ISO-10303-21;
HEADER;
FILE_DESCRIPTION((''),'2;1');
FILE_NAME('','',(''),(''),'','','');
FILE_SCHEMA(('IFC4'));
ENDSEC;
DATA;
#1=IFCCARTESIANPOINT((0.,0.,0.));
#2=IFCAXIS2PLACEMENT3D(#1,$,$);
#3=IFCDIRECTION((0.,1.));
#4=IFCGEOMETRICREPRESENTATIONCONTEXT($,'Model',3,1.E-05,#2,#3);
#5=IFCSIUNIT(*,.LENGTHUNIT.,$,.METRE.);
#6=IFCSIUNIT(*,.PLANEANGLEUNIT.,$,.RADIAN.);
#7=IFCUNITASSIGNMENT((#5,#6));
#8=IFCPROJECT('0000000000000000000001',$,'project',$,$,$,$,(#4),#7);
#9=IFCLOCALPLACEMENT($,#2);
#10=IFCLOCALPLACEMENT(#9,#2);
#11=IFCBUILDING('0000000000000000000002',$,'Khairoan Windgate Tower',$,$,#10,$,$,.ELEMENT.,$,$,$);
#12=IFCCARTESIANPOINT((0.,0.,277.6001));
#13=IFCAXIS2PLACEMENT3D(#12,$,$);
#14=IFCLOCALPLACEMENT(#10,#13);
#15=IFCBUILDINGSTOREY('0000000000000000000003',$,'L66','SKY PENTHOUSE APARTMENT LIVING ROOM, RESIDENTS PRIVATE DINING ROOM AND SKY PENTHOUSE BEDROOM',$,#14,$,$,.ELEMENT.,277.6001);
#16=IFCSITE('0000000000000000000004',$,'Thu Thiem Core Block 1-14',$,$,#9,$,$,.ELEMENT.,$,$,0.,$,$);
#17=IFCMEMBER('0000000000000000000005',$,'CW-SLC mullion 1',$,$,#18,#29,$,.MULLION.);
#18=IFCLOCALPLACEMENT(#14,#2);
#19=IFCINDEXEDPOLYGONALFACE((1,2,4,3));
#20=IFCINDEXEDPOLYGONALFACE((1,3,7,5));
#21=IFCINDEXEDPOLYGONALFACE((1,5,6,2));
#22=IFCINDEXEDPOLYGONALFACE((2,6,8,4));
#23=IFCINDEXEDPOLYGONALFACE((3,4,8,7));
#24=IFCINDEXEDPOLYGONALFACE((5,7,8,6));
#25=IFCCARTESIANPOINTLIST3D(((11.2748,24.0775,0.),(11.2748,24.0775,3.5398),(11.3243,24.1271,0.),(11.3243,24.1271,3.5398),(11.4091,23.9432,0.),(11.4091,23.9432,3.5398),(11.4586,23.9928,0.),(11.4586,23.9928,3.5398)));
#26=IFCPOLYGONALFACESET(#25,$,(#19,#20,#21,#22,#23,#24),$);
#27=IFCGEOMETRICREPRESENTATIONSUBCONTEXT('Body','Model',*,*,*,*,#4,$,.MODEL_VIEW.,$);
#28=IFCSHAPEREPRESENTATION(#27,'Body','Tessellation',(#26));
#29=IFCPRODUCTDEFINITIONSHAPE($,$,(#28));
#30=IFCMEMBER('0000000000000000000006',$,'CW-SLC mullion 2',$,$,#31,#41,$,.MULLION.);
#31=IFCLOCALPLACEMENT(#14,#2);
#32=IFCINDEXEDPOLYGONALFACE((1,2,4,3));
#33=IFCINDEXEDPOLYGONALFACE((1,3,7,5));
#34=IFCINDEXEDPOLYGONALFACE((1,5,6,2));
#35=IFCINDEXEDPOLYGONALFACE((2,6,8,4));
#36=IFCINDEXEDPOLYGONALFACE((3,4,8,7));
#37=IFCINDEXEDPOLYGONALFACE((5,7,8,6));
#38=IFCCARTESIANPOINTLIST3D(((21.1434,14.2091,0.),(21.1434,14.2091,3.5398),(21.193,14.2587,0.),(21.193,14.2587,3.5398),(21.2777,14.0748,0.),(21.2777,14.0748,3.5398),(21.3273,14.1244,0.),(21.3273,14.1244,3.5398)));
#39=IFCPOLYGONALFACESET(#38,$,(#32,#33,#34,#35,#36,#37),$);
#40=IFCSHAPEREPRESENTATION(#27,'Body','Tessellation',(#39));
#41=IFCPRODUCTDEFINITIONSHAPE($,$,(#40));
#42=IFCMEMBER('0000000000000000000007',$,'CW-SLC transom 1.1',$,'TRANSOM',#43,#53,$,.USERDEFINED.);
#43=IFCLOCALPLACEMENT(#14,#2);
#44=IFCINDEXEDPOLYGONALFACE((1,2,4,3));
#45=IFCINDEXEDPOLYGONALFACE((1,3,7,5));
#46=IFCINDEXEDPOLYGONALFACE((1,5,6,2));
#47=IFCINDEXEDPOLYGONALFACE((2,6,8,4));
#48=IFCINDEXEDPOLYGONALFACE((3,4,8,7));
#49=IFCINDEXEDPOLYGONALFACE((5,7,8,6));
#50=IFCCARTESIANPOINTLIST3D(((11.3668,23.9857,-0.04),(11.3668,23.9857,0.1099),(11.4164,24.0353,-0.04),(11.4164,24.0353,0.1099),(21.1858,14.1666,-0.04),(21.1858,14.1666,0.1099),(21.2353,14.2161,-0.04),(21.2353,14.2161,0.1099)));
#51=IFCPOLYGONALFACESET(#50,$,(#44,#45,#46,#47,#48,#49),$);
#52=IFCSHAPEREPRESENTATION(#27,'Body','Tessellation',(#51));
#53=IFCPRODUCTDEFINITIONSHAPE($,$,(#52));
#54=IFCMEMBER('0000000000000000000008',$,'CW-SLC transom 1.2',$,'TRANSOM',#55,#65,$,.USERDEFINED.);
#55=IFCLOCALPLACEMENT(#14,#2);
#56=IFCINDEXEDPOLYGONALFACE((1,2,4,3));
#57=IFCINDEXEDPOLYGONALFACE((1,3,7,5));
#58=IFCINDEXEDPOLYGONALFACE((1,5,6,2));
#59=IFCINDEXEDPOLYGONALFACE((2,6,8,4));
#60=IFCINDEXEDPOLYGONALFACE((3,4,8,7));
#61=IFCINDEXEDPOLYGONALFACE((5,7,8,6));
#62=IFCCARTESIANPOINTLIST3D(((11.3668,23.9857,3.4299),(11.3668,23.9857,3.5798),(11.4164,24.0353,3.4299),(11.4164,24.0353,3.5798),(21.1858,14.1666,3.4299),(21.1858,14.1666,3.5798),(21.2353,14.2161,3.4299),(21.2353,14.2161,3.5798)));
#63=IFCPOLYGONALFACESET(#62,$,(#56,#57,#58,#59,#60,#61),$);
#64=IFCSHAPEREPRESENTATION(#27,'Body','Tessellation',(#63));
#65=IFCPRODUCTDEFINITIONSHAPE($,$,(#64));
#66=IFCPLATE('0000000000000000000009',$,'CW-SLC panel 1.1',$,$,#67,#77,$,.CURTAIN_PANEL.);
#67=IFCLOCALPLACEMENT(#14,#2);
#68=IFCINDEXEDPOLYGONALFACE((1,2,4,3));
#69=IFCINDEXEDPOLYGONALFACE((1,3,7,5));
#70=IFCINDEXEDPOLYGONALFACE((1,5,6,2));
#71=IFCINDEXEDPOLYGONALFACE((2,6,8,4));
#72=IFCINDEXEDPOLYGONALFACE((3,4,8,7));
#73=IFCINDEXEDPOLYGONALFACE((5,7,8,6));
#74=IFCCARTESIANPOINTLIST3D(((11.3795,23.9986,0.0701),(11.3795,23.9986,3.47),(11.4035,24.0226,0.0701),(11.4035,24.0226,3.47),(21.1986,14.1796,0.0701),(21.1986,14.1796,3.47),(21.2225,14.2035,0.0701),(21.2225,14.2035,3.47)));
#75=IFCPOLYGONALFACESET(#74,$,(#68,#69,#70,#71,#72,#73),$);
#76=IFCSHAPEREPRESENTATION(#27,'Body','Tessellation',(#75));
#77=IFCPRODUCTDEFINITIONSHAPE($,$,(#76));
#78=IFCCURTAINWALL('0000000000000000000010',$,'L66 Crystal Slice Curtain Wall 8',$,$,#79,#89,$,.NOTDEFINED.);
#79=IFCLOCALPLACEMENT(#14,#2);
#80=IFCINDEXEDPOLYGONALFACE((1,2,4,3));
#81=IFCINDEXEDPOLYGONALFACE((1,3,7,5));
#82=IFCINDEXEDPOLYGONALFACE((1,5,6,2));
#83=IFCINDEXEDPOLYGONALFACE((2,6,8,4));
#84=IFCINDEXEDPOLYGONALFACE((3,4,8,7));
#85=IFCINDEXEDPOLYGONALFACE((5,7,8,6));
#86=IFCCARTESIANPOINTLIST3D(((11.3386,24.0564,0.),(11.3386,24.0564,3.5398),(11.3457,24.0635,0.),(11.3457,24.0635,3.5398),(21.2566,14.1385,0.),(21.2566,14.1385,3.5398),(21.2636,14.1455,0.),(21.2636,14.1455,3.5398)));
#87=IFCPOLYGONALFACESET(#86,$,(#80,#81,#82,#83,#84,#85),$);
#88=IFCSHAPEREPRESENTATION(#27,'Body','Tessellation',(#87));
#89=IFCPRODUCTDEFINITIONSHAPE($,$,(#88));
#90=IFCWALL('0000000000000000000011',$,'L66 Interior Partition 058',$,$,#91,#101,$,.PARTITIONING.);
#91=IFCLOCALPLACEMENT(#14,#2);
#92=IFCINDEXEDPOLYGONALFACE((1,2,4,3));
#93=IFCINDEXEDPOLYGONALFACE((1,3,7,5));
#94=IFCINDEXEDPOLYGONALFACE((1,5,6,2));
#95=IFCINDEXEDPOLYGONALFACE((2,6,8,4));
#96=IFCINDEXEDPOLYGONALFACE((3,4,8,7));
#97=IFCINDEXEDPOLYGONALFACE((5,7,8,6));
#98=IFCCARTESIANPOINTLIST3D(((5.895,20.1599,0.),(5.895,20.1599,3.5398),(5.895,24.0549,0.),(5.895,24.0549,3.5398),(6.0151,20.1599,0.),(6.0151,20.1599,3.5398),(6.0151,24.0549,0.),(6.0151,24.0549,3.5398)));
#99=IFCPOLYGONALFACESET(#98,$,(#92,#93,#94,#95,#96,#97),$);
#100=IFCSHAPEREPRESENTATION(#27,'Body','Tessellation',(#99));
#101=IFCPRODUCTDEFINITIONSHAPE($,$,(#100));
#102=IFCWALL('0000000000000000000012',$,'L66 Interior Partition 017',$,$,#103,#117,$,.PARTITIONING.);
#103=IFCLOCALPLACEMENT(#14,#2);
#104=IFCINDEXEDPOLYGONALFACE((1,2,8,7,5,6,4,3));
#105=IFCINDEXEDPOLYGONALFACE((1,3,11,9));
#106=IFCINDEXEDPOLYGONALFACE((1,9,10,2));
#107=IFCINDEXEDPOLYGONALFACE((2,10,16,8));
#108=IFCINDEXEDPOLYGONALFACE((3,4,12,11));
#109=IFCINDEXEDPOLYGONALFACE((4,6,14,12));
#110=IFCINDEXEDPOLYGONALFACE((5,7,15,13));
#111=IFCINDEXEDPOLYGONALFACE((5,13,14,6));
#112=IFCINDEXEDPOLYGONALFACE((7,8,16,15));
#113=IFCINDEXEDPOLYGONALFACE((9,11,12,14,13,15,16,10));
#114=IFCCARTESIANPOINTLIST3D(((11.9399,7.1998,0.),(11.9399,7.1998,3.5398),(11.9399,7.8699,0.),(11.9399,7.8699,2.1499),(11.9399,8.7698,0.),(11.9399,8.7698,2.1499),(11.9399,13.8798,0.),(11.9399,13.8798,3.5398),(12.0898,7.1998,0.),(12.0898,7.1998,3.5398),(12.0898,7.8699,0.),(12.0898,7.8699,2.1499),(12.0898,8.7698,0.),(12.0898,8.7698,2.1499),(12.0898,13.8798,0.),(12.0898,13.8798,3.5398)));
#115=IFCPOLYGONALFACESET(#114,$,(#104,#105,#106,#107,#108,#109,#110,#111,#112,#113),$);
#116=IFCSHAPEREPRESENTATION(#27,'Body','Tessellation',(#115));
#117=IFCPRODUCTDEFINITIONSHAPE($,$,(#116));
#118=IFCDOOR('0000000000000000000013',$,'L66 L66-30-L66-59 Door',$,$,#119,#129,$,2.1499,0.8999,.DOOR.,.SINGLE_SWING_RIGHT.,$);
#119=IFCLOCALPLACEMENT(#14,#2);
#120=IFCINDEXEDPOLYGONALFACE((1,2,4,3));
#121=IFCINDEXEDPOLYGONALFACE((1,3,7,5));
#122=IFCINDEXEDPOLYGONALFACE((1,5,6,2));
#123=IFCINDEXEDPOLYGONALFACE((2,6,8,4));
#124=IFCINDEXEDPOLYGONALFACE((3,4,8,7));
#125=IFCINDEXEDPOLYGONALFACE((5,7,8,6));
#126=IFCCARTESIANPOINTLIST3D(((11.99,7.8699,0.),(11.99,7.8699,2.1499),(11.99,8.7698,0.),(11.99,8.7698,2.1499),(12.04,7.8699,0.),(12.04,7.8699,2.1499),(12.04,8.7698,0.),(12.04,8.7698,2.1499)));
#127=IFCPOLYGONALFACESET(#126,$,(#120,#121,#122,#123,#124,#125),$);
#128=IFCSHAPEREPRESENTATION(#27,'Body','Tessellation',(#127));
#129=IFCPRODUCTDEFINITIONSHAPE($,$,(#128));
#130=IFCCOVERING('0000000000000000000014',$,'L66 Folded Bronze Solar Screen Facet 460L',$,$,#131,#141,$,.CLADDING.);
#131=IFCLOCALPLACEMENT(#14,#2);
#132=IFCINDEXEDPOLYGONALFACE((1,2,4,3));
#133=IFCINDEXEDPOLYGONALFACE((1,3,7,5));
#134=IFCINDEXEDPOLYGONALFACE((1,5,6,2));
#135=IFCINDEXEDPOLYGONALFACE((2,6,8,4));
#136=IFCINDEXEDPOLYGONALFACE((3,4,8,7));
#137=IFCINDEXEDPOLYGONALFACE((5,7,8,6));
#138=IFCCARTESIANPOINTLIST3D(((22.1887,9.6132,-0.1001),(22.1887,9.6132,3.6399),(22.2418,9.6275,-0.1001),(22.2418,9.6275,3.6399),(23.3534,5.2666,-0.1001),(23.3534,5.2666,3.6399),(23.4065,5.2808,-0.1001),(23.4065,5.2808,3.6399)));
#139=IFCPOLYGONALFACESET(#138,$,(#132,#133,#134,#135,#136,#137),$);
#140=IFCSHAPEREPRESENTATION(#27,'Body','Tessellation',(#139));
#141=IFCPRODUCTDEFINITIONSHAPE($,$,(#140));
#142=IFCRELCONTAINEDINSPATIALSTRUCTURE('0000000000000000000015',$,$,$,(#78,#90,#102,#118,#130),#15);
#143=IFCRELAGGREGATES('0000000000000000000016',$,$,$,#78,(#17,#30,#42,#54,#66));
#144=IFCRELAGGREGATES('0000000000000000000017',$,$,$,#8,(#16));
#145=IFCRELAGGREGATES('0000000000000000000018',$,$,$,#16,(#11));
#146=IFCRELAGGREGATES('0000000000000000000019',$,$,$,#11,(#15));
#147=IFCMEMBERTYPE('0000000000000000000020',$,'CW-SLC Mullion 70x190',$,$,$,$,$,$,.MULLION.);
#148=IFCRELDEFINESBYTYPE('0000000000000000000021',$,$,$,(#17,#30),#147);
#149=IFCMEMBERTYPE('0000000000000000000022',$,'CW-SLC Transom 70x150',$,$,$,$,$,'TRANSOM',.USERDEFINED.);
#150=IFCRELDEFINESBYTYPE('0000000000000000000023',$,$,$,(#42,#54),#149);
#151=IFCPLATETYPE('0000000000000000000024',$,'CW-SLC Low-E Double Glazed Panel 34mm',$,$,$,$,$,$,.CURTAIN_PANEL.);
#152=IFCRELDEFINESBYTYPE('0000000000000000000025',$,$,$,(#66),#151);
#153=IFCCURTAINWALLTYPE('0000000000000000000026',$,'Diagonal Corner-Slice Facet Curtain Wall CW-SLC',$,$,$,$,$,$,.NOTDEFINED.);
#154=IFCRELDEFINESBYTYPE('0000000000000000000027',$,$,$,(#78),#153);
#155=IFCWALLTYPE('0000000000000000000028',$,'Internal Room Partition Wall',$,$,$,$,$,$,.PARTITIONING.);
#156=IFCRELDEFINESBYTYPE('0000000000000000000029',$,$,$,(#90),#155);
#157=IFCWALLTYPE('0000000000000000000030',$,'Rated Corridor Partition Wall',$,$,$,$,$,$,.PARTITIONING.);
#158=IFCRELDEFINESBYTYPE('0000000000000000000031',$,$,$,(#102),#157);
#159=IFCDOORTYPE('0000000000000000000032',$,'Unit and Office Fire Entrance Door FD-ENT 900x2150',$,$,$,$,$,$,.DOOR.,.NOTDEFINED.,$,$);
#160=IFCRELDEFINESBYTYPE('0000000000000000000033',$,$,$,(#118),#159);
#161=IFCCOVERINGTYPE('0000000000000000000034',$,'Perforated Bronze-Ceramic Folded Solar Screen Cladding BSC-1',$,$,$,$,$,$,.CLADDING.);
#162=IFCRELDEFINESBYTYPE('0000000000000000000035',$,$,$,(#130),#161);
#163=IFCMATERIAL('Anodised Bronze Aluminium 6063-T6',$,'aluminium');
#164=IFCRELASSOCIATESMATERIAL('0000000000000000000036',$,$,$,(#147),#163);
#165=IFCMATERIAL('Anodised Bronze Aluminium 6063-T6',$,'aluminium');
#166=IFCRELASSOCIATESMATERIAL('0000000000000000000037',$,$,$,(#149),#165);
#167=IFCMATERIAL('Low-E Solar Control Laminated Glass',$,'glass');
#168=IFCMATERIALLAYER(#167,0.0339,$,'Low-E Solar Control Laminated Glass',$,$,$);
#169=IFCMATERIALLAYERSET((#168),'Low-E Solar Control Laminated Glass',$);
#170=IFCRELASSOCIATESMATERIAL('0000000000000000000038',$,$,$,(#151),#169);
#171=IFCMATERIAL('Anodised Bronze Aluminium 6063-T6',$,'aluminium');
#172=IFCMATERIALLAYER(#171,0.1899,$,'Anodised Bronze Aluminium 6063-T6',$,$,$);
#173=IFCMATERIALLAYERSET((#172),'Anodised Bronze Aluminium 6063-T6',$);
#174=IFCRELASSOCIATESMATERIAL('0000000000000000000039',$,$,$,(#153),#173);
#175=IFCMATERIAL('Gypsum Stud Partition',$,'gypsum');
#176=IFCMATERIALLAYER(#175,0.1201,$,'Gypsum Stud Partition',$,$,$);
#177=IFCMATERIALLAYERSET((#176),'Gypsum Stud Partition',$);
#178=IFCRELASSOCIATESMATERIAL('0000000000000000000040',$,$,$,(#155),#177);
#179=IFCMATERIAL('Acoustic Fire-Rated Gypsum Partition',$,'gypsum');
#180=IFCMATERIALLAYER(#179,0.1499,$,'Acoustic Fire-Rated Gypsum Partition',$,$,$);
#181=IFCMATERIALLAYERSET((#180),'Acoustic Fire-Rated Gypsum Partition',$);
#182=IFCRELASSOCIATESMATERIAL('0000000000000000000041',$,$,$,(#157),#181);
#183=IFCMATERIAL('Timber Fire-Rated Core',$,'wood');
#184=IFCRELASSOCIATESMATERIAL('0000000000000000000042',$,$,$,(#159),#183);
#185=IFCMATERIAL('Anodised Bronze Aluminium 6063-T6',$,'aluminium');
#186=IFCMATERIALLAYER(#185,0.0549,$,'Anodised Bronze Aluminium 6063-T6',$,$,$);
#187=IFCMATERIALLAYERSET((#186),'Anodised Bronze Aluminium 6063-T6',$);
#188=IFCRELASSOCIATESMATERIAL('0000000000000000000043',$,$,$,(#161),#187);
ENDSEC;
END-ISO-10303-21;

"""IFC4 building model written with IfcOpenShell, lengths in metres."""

from ifc_helpers import new_model, si_unit, direction, frame, frame_2d, origin, origin_2d, place, context, subcontext, project, spatial, rectangle, extrude, material, layer, layer_set, material_profile, profile_set, type_object, element, fill, aggregate, save


model = new_model("IFC4")

# Units and contexts
model_context = context("Model", 3, precision=1e-05, world=origin(), true_north=direction((0.0, 1.0)))
body_context = subcontext(model_context, "Body", "Model", "MODEL_VIEW")
ifc_project = project(units=[si_unit("LENGTHUNIT", "METRE"), si_unit("PLANEANGLEUNIT", "RADIAN")], contexts=[model_context])

# Site, building, storey
site_placement = place(None, origin())
site = spatial("IfcSite", under=ifc_project, at=site_placement, Name="Thu Thiem Core Block 1-14", CompositionType="ELEMENT", RefElevation=0.0)
building_placement = place(site_placement, origin())
building = spatial("IfcBuilding", under=site, at=building_placement, Name="Khairoan Windgate Tower", CompositionType="ELEMENT")
storey_placement = place(building_placement, frame((0.0, 0.0, 277.6001)))
storey = spatial("IfcBuildingStorey", under=building, at=storey_placement, Name="L66", Description="SKY PENTHOUSE APARTMENT LIVING ROOM, RESIDENTS PRIVATE DINING ROOM AND SKY PENTHOUSE BEDROOM", CompositionType="ELEMENT", Elevation=277.6001)

# Members
ifc_material_1 = material(Name="Anodised Bronze Aluminium 6063-T6", Category="aluminium")
ifc_material_profile_1 = material_profile(ifc_material_1, rectangle(XDim=0.0701, YDim=0.1899, at=origin_2d()))
ifc_profile_set_1 = profile_set([ifc_material_profile_1], Name="Anodised Bronze Aluminium 6063-T6")
member_type_1 = type_object("IfcMemberType", Name="CW-SLC Mullion 70x190", PredefinedType="MULLION", material=ifc_profile_set_1)
member_1_placement = place(storey_placement, frame((11.3667, 24.0352, 0.0), z_axis=(0.0, 0.0, 1.0), x_axis=(0.707107, 0.707107, 0.0)))
member_1 = element("IfcMember", 1, at=member_1_placement, type_object=member_type_1, Name="CW-SLC mullion 1", PredefinedType="MULLION", context=body_context, shape_type="SweptSolid", body=[
    extrude(rectangle(XDim=0.0701, YDim=0.1899, at=origin_2d()), origin(), (0.0, 0.0, 1.0), 3.5398),
])
member_2_placement = place(storey_placement, frame((21.2354, 14.1667, 0.0), z_axis=(0.0, 0.0, 1.0), x_axis=(0.707107, 0.707107, 0.0)))
member_2 = element("IfcMember", 2, at=member_2_placement, type_object=member_type_1, Name="CW-SLC mullion 2", PredefinedType="MULLION", context=body_context, shape_type="SweptSolid", body=[
    extrude(rectangle(XDim=0.0701, YDim=0.1899, at=origin_2d()), origin(), (0.0, 0.0, 1.0), 3.5398),
])
ifc_material_2 = material(Name="Anodised Bronze Aluminium 6063-T6", Category="aluminium")
ifc_material_profile_2 = material_profile(ifc_material_2, rectangle(XDim=0.0701, YDim=0.1499, at=origin_2d()))
ifc_profile_set_2 = profile_set([ifc_material_profile_2], Name="Anodised Bronze Aluminium 6063-T6")
member_type_2 = type_object("IfcMemberType", Name="CW-SLC Transom 70x150", ElementType="TRANSOM", PredefinedType="USERDEFINED", material=ifc_profile_set_2)
member_3_placement = place(storey_placement, frame((11.3916, 24.0105, 0.0349), z_axis=(0.707098, -0.707116, 0.0), x_axis=(0.707116, 0.707098, 0.0)))
member_3 = element("IfcMember", 3, at=member_3_placement, type_object=member_type_2, Name="CW-SLC transom 1.1", ObjectType="TRANSOM", PredefinedType="USERDEFINED", context=body_context, shape_type="SweptSolid", body=[
    extrude(rectangle(XDim=0.0701, YDim=0.1499, at=origin_2d()), origin(), (0.0, 0.0, 1.0), 13.8862),
])
member_4_placement = place(storey_placement, frame((11.3916, 24.0105, 3.5049), z_axis=(0.707098, -0.707116, 0.0), x_axis=(0.707116, 0.707098, 0.0)))
member_4 = element("IfcMember", 4, at=member_4_placement, type_object=member_type_2, Name="CW-SLC transom 1.2", ObjectType="TRANSOM", PredefinedType="USERDEFINED", context=body_context, shape_type="SweptSolid", body=[
    extrude(rectangle(XDim=0.0701, YDim=0.1499, at=origin_2d()), origin(), (0.0, 0.0, 1.0), 13.8862),
])

# Plate
ifc_material_3 = material(Name="Low-E Solar Control Laminated Glass", Category="glass")
ifc_layer_1 = layer(ifc_material_3, 0.0339, Name="Low-E Solar Control Laminated Glass")
ifc_layer_set_1 = layer_set([ifc_layer_1], Name="Low-E Solar Control Laminated Glass")
plate_type_1 = type_object("IfcPlateType", Name="CW-SLC Low-E Double Glazed Panel 34mm", PredefinedType="CURTAIN_PANEL", material=ifc_layer_set_1)
plate_1_placement = place(storey_placement, frame((16.301, 19.1011, 0.0701), z_axis=(0.0, 0.0, 1.0), x_axis=(0.707107, -0.707107, 0.0)))
plate_1 = element("IfcPlate", 5, at=plate_1_placement, type_object=plate_type_1, Name="CW-SLC panel 1.1", PredefinedType="CURTAIN_PANEL", context=body_context, shape_type="SweptSolid", body=[
    extrude(rectangle(XDim=13.8862, YDim=0.0339, at=origin_2d()), origin(), (0.0, 0.0, 1.0), 3.3999),
])

# Curtain wall
ifc_material_4 = material(Name="Anodised Bronze Aluminium 6063-T6", Category="aluminium")
ifc_layer_2 = layer(ifc_material_4, 0.1899, Name="Anodised Bronze Aluminium 6063-T6")
ifc_layer_set_2 = layer_set([ifc_layer_2], Name="Anodised Bronze Aluminium 6063-T6")
curtain_wall_type_1 = type_object("IfcCurtainWallType", Name="Diagonal Corner-Slice Facet Curtain Wall CW-SLC", PredefinedType="NOTDEFINED", material=ifc_layer_set_2)
curtain_wall_1_placement = place(storey_placement, frame((11.342, 24.0601, 0.0), z_axis=(0.0, 0.0, 1.0), x_axis=(0.707107, -0.707107, 0.0)))
curtain_wall_1 = element("IfcCurtainWall", 6, at=curtain_wall_1_placement, inside=storey, type_object=curtain_wall_type_1, Name="L66 Crystal Slice Curtain Wall 8", PredefinedType="NOTDEFINED", context=body_context, shape_type="SweptSolid", body=[
    extrude(rectangle(XDim=14.0261, YDim=0.01, at=frame_2d((7.0132, 0.0))), origin(), (0.0, 0.0, 1.0), 3.5398),
])
aggregate(curtain_wall_1, [member_1, member_2, member_3, member_4, plate_1])

# Wall
ifc_material_5 = material(Name="Gypsum Stud Partition", Category="gypsum")
ifc_layer_3 = layer(ifc_material_5, 0.1201, Name="Gypsum Stud Partition")
ifc_layer_set_3 = layer_set([ifc_layer_3], Name="Gypsum Stud Partition")
wall_type_1 = type_object("IfcWallType", Name="Internal Room Partition Wall", PredefinedType="PARTITIONING", material=ifc_layer_set_3)
wall_1_placement = place(storey_placement, frame((5.9551, 20.1599, 0.0), z_axis=(0.0, 0.0, 1.0), x_axis=(0.0, 1.0, 0.0)))
element("IfcWall", 7, at=wall_1_placement, inside=storey, type_object=wall_type_1, Name="L66 Interior Partition 058", PredefinedType="PARTITIONING", context=body_context, shape_type="SweptSolid", body=[
    extrude(rectangle(XDim=3.895, YDim=0.1201, at=frame_2d((1.9475, 0.0))), origin(), (0.0, 0.0, 1.0), 3.5398),
])

# Wall, opening, door
ifc_material_6 = material(Name="Acoustic Fire-Rated Gypsum Partition", Category="gypsum")
ifc_layer_4 = layer(ifc_material_6, 0.1499, Name="Acoustic Fire-Rated Gypsum Partition")
ifc_layer_set_4 = layer_set([ifc_layer_4], Name="Acoustic Fire-Rated Gypsum Partition")
wall_type_2 = type_object("IfcWallType", Name="Rated Corridor Partition Wall", PredefinedType="PARTITIONING", material=ifc_layer_set_4)
wall_2_placement = place(storey_placement, frame((12.0149, 7.2, 0.0), z_axis=(0.0, 0.0, 1.0), x_axis=(0.0, 1.0, 0.0)))
wall_2 = element("IfcWall", 8, at=wall_2_placement, inside=storey, type_object=wall_type_2, Name="L66 Interior Partition 017", PredefinedType="PARTITIONING", context=body_context, shape_type="SweptSolid", body=[
    extrude(rectangle(XDim=6.6799, YDim=0.1499, at=frame_2d((3.3398, 0.0))), origin(), (0.0, 0.0, 1.0), 3.5398),
])
opening_placement = place(wall_2_placement, frame((0.6699, 0.0, 0.0)))
opening = element("IfcOpeningElement", 9, at=opening_placement, cuts=wall_2, PredefinedType="OPENING", context=body_context, shape_type="SweptSolid", body=[
    extrude(rectangle(XDim=0.8999, YDim=2.1499, at=frame_2d((0.45, 1.075))), frame((0.0, 0.085, 0.0), z_axis=(0.0, -1.0, 0.0), x_axis=(1.0, 0.0, 0.0)), (0.0, 0.0, 1.0), 0.1699),
])
ifc_material_7 = material(Name="Timber Fire-Rated Core", Category="wood")
door_type = type_object("IfcDoorType", Name="Unit and Office Fire Entrance Door FD-ENT 900x2150", OperationType="NOTDEFINED", PredefinedType="DOOR", material=ifc_material_7)
door_placement = place(opening_placement, origin())
door = element("IfcDoor", 10, at=door_placement, inside=storey, type_object=door_type, Name="L66 L66-30-L66-59 Door", OperationType="SINGLE_SWING_RIGHT", OverallHeight=2.1499, OverallWidth=0.8999, PredefinedType="DOOR", context=body_context, shape_type="SweptSolid", body=[
    extrude(rectangle(XDim=0.8999, YDim=2.1499, at=frame_2d((0.45, 1.075))), frame((0.0, 0.0249, 0.0), z_axis=(0.0, -1.0, 0.0), x_axis=(1.0, 0.0, 0.0)), (0.0, 0.0, 1.0), 0.05),
])
fill(opening, door)

# Covering
ifc_material_8 = material(Name="Anodised Bronze Aluminium 6063-T6", Category="aluminium")
ifc_layer_5 = layer(ifc_material_8, 0.0549, Name="Anodised Bronze Aluminium 6063-T6")
ifc_layer_set_5 = layer_set([ifc_layer_5], Name="Anodised Bronze Aluminium 6063-T6")
covering_type = type_object("IfcCoveringType", Name="Perforated Bronze-Ceramic Folded Solar Screen Cladding BSC-1", PredefinedType="CLADDING", material=ifc_layer_set_5)
covering_placement = place(storey_placement, frame((22.7976, 7.447, -0.1001), z_axis=(0.0, 0.0, 1.0), x_axis=(0.258819, -0.965926, 0.0)))
element("IfcCovering", 11, at=covering_placement, inside=storey, type_object=covering_type, Name="L66 Folded Bronze Solar Screen Facet 460L", PredefinedType="CLADDING", context=body_context, shape_type="SweptSolid", body=[
    extrude(rectangle(XDim=4.5, YDim=0.0549, at=origin_2d()), origin(), (0.0, 0.0, 1.0), 3.74),
])

save(model, "model.ifc")
